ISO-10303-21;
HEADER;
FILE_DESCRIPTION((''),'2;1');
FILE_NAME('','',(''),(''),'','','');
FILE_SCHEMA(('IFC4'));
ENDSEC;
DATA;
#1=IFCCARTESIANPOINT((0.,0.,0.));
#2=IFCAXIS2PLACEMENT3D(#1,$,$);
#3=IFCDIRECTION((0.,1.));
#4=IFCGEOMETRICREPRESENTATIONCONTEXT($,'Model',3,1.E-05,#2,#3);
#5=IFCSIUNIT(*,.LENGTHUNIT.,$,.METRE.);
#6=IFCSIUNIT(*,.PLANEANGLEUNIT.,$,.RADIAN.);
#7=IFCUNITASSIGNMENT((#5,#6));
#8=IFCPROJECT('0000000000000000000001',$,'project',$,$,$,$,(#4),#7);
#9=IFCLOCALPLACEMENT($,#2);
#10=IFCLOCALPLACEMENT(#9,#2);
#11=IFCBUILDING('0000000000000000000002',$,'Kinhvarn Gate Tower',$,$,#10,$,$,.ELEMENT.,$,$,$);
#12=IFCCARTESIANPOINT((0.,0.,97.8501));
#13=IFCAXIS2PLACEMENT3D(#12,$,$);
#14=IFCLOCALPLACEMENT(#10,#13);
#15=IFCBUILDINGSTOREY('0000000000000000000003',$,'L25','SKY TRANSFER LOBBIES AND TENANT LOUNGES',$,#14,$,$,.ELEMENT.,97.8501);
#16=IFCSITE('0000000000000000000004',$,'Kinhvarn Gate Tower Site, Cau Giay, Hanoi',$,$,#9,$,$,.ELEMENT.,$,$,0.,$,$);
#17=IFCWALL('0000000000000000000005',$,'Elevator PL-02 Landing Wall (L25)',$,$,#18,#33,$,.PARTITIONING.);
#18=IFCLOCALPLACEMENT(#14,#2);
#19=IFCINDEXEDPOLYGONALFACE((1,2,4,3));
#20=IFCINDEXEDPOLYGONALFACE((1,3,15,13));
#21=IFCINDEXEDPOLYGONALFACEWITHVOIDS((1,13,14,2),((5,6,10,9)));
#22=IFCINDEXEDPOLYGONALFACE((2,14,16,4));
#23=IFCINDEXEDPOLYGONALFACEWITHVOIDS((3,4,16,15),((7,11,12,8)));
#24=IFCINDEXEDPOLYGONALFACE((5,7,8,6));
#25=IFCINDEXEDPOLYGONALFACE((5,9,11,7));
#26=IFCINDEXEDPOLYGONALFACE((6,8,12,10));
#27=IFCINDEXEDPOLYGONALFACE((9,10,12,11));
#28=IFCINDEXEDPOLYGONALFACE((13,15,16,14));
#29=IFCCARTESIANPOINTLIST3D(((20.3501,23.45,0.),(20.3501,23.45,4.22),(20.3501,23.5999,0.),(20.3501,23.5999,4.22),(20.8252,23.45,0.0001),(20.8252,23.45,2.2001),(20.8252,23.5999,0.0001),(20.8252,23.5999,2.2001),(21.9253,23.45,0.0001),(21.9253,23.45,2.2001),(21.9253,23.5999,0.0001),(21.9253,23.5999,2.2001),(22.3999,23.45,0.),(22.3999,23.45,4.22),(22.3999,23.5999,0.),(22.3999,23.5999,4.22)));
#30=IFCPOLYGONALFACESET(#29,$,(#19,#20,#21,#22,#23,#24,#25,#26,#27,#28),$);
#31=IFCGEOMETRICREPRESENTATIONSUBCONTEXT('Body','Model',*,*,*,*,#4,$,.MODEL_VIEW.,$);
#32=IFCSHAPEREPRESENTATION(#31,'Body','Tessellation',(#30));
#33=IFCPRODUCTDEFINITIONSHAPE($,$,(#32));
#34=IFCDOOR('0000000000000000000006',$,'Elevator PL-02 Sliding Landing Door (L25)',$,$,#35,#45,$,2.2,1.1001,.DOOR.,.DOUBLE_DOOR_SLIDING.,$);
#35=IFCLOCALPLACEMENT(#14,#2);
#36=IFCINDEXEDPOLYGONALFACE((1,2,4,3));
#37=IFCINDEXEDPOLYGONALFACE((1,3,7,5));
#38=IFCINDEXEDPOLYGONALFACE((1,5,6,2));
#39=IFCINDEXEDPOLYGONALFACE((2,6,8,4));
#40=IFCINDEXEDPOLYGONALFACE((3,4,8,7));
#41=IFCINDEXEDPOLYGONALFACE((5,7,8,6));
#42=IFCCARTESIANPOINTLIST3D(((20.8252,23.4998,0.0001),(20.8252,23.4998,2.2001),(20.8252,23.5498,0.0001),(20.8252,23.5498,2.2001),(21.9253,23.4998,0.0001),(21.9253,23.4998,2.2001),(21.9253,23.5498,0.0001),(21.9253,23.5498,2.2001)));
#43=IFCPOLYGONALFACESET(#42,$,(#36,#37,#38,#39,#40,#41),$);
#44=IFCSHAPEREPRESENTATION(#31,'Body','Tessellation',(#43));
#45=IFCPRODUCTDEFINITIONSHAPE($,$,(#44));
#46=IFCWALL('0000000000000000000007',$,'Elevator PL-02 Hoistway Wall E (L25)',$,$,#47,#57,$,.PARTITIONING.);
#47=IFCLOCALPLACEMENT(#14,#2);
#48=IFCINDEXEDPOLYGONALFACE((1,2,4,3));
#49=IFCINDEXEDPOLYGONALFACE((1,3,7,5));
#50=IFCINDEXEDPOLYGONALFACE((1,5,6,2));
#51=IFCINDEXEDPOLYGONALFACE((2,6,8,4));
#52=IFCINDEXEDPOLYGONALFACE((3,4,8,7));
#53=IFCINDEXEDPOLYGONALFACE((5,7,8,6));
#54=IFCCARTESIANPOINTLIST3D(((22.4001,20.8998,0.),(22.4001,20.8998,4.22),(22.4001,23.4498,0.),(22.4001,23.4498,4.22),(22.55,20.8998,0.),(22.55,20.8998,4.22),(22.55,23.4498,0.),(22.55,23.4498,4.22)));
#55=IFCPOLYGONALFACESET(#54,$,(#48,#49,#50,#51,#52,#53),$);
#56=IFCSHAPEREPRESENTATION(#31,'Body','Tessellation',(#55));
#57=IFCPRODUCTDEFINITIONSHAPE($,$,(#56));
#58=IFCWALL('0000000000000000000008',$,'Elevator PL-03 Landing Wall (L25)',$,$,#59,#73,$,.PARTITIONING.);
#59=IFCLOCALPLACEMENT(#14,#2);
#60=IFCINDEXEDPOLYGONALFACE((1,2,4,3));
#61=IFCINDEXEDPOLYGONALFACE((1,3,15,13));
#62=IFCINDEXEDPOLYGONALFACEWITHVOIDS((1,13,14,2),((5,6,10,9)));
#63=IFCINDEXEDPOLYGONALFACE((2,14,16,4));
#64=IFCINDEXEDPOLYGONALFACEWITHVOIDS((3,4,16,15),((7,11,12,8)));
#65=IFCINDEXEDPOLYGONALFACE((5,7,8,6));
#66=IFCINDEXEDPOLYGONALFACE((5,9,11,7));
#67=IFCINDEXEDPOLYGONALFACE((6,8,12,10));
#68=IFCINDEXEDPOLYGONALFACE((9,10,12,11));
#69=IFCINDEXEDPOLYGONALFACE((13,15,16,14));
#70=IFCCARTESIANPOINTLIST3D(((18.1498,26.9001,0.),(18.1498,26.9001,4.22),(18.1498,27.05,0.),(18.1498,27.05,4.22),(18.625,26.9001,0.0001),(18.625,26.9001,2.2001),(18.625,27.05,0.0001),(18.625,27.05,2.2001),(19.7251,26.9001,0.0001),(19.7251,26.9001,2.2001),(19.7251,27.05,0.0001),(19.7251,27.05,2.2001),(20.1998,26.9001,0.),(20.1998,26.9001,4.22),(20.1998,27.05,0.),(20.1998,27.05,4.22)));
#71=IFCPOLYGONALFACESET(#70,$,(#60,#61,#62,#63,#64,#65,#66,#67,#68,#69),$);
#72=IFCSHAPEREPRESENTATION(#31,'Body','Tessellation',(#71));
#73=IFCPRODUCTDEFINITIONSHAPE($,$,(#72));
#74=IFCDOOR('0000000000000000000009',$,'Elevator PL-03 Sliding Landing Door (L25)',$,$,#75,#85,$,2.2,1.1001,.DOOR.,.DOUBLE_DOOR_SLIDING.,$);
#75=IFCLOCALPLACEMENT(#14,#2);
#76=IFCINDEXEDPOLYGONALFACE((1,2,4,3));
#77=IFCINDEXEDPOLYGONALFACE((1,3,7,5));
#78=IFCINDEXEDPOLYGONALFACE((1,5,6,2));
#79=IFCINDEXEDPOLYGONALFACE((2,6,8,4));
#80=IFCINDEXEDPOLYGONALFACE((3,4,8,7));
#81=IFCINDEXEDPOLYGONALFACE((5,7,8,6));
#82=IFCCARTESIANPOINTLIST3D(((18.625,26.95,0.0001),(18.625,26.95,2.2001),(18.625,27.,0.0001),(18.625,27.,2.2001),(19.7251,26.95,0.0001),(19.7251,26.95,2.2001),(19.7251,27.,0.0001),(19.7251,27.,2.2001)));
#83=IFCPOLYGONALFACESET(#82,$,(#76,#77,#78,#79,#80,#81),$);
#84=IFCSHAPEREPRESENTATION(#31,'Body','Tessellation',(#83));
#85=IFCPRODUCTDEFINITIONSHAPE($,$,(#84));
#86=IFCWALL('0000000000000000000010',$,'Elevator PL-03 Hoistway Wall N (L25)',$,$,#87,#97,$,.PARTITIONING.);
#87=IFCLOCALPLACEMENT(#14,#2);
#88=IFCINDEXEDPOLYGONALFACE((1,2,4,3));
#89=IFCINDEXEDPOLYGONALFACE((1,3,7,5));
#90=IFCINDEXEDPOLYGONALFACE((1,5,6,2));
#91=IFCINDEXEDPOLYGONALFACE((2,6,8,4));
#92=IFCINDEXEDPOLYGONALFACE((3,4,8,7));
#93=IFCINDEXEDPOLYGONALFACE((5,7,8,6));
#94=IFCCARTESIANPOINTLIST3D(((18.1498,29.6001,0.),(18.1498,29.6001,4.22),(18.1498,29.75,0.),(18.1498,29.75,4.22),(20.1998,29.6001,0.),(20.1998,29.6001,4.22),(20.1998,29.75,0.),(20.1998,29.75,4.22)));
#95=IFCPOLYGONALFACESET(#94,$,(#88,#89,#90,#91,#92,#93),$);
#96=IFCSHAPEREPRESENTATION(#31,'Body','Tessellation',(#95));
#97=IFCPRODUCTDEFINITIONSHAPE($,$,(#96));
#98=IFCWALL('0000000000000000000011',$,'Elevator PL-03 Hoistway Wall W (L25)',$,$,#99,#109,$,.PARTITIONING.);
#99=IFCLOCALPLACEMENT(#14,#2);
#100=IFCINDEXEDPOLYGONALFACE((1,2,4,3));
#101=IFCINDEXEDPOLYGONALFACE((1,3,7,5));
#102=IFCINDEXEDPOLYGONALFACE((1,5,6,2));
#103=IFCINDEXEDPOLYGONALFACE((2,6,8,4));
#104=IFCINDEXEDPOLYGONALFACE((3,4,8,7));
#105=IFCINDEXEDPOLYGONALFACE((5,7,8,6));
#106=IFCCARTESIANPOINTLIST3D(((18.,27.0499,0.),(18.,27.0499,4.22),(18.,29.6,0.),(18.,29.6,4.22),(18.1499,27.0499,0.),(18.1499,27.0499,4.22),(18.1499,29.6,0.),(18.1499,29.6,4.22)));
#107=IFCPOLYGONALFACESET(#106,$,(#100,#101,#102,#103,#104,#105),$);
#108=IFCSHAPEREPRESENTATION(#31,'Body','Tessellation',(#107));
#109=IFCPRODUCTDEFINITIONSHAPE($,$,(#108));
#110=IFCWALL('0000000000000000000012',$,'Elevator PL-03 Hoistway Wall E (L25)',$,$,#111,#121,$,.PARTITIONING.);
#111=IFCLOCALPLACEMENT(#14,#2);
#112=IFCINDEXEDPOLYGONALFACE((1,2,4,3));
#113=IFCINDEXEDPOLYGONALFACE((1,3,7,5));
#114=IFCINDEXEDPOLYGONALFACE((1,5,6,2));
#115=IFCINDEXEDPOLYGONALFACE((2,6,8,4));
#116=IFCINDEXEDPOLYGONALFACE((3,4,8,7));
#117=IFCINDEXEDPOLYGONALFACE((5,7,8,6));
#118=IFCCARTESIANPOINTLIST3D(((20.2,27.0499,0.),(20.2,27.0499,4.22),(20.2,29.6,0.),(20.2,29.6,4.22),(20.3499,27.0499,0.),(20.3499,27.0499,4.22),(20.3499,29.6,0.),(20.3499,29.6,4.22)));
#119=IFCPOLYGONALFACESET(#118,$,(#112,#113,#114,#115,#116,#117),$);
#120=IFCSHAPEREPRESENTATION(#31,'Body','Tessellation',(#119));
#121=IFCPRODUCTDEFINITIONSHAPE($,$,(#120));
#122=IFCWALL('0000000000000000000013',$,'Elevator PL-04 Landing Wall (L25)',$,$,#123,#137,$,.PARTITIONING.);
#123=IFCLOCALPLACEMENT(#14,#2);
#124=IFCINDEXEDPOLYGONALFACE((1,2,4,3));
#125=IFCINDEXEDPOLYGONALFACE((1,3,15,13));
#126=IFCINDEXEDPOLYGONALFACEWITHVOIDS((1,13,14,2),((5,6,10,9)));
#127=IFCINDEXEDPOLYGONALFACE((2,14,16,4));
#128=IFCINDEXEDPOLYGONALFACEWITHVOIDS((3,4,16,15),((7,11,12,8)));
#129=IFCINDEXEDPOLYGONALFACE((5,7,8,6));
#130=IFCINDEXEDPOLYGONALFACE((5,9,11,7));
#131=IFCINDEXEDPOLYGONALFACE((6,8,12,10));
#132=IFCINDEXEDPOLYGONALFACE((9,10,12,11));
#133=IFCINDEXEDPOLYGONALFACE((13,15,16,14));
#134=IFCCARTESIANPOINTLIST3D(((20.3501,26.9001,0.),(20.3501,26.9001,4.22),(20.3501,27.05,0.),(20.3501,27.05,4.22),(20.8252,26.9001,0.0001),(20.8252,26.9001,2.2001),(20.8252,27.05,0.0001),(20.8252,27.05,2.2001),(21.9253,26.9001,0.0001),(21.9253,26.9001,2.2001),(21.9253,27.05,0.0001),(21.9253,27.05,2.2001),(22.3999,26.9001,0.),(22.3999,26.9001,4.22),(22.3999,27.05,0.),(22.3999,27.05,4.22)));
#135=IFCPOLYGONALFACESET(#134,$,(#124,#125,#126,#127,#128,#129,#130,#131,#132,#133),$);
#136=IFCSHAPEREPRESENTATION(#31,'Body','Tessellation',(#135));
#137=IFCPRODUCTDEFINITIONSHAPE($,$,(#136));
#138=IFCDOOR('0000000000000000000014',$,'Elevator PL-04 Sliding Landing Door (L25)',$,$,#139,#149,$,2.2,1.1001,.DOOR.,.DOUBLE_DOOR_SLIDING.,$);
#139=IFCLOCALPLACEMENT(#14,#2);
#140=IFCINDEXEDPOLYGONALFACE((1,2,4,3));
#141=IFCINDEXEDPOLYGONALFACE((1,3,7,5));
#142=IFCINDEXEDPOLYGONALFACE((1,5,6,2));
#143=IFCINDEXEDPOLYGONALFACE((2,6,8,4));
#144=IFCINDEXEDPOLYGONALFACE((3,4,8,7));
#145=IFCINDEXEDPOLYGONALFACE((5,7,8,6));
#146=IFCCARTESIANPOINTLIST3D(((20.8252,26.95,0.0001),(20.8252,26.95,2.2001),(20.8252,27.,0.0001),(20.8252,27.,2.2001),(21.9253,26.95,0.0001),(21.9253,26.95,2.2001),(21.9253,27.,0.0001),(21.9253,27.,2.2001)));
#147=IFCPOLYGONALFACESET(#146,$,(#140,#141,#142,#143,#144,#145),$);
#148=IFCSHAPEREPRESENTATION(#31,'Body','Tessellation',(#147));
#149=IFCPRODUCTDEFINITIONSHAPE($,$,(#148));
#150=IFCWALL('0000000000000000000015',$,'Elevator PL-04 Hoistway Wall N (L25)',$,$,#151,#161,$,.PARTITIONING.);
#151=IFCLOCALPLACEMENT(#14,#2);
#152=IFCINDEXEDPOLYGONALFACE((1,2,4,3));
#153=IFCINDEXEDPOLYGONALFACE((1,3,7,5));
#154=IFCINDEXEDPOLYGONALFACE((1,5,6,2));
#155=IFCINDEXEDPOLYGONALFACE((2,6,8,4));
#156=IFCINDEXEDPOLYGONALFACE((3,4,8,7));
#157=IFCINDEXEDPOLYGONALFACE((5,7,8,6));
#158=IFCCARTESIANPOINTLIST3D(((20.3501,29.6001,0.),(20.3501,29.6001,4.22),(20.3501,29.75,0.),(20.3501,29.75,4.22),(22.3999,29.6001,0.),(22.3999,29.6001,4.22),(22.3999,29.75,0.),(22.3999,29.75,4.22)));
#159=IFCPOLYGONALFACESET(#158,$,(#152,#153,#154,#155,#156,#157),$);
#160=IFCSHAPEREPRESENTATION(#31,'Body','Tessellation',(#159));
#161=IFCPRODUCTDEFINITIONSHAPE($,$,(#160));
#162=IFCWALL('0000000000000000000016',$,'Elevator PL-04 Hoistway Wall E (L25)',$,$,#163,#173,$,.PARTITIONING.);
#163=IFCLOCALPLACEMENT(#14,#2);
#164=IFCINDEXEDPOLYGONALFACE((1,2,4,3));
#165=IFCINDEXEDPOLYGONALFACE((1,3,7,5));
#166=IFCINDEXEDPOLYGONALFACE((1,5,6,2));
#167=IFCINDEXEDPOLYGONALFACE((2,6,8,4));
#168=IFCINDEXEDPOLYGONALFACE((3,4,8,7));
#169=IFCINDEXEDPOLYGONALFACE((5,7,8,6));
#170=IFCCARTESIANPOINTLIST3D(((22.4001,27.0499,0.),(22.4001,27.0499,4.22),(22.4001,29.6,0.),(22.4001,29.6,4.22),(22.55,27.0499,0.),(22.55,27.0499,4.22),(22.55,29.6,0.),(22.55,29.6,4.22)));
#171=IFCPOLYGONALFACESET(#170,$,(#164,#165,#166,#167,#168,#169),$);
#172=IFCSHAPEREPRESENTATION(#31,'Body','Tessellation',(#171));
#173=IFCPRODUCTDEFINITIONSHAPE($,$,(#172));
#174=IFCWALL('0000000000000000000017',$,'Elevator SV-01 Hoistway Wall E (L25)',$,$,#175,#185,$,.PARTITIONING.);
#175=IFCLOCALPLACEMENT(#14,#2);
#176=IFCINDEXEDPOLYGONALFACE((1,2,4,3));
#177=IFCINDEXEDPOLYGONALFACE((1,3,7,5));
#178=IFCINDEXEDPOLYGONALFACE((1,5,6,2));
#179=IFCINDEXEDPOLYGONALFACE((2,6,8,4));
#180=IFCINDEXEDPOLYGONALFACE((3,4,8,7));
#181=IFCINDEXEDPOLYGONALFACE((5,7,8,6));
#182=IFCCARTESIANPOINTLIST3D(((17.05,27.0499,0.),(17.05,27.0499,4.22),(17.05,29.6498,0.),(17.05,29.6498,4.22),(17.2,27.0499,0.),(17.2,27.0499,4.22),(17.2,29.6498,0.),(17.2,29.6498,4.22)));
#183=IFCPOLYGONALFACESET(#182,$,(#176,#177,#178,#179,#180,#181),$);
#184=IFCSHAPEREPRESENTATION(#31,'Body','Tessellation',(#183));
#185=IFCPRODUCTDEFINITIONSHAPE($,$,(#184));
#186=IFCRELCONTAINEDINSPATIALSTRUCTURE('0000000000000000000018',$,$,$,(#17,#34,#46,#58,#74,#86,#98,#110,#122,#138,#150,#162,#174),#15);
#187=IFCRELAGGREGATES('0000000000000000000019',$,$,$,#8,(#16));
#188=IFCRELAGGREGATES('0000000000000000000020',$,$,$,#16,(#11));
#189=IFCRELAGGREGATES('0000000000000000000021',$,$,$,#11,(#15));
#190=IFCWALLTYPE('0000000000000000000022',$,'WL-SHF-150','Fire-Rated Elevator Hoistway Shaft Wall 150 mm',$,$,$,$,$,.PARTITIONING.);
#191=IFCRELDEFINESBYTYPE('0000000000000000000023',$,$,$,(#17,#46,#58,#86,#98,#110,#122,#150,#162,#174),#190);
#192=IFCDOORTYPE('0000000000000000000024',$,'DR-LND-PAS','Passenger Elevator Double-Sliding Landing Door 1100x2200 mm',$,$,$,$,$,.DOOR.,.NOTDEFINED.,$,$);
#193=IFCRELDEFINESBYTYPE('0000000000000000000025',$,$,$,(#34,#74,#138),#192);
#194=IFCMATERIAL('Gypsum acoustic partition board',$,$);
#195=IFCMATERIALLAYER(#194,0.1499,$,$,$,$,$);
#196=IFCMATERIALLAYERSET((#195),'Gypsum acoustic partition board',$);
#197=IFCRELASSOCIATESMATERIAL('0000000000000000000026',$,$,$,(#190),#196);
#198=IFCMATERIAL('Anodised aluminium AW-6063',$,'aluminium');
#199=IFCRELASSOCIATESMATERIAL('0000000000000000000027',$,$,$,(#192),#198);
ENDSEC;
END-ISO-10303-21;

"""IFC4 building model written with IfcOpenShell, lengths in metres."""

from ifc_helpers import new_model, si_unit, direction, frame, frame_2d, origin, place, context, subcontext, project, spatial, rectangle, extrude, material, layer, layer_set, type_object, element, fill, save


model = new_model("IFC4")

# Units and contexts
model_context = context("Model", 3, precision=1e-05, world=origin(), true_north=direction((0.0, 1.0)))
body_context = subcontext(model_context, "Body", "Model", "MODEL_VIEW")
ifc_project = project(units=[si_unit("LENGTHUNIT", "METRE"), si_unit("PLANEANGLEUNIT", "RADIAN")], contexts=[model_context])

# Site, building, storey
site_placement = place(None, origin())
site = spatial("IfcSite", under=ifc_project, at=site_placement, Name="Kinhvarn Gate Tower Site, Cau Giay, Hanoi", CompositionType="ELEMENT", RefElevation=0.0)
building_placement = place(site_placement, origin())
building = spatial("IfcBuilding", under=site, at=building_placement, Name="Kinhvarn Gate Tower", CompositionType="ELEMENT")
storey_placement = place(building_placement, frame((0.0, 0.0, 97.8501)))
storey = spatial("IfcBuildingStorey", under=building, at=storey_placement, Name="L25", Description="SKY TRANSFER LOBBIES AND TENANT LOUNGES", CompositionType="ELEMENT", Elevation=97.8501)

# Shared definitions
ifc_material_1 = material(Name="Anodised aluminium AW-6063", Category="aluminium")

# Shared definitions
ifc_material_2 = material(Name="Gypsum acoustic partition board")
ifc_layer_1 = layer(ifc_material_2, 0.1499)
ifc_layer_set_1 = layer_set([ifc_layer_1], Name="Gypsum acoustic partition board")
wall_type_1 = type_object("IfcWallType", Name="WL-SHF-150", Description="Fire-Rated Elevator Hoistway Shaft Wall 150 mm", PredefinedType="PARTITIONING", material=ifc_layer_set_1)

# Shared definitions
door_type_1 = type_object("IfcDoorType", Name="DR-LND-PAS", Description="Passenger Elevator Double-Sliding Landing Door 1100x2200 mm", OperationType="NOTDEFINED", PredefinedType="DOOR", material=ifc_material_1)

# Wall, opening, door
wall_1_placement = place(storey_placement, frame((20.3501, 23.5249, 0.0), z_axis=(0.0, 0.0, 1.0), x_axis=(1.0, 0.0, 0.0)))
wall_1 = element("IfcWall", 1, at=wall_1_placement, inside=storey, type_object=wall_type_1, Name="Elevator PL-02 Landing Wall (L25)", PredefinedType="PARTITIONING", context=body_context, shape_type="SweptSolid", body=[
    extrude(rectangle(XDim=2.0498, YDim=0.1499, at=frame_2d((1.0249, 0.0))), origin(), (0.0, 0.0, 1.0), 4.22),
])
opening_1_placement = place(wall_1_placement, frame((0.4751, 0.0, 0.0)))
opening_1 = element("IfcOpeningElement", 2, at=opening_1_placement, cuts=wall_1, PredefinedType="OPENING", context=body_context, shape_type="SweptSolid", body=[
    extrude(rectangle(XDim=1.1001, YDim=2.2, at=frame_2d((0.55, 1.1001))), frame((0.0, 0.085, 0.0), z_axis=(0.0, -1.0, 0.0), x_axis=(1.0, 0.0, 0.0)), (0.0, 0.0, 1.0), 0.1699),
])
door_1_placement = place(opening_1_placement, origin())
door_1 = element("IfcDoor", 3, at=door_1_placement, inside=storey, type_object=door_type_1, Name="Elevator PL-02 Sliding Landing Door (L25)", OperationType="DOUBLE_DOOR_SLIDING", OverallHeight=2.2, OverallWidth=1.1001, PredefinedType="DOOR", context=body_context, shape_type="SweptSolid", body=[
    extrude(rectangle(XDim=1.1001, YDim=2.2, at=frame_2d((0.55, 1.1001))), frame((0.0, 0.0249, 0.0), z_axis=(0.0, -1.0, 0.0), x_axis=(1.0, 0.0, 0.0)), (0.0, 0.0, 1.0), 0.05),
])
fill(opening_1, door_1)

# Wall
wall_2_placement = place(storey_placement, frame((22.4751, 20.8999, 0.0), z_axis=(0.0, 0.0, 1.0), x_axis=(0.0, 1.0, 0.0)))
element("IfcWall", 4, at=wall_2_placement, inside=storey, type_object=wall_type_1, Name="Elevator PL-02 Hoistway Wall E (L25)", PredefinedType="PARTITIONING", context=body_context, shape_type="SweptSolid", body=[
    extrude(rectangle(XDim=2.55, YDim=0.1499, at=frame_2d((1.2749, 0.0))), origin(), (0.0, 0.0, 1.0), 4.22),
])

# Wall, opening, door
wall_3_placement = place(storey_placement, frame((18.1499, 26.9751, 0.0), z_axis=(0.0, 0.0, 1.0), x_axis=(1.0, 0.0, 0.0)))
wall_3 = element("IfcWall", 5, at=wall_3_placement, inside=storey, type_object=wall_type_1, Name="Elevator PL-03 Landing Wall (L25)", PredefinedType="PARTITIONING", context=body_context, shape_type="SweptSolid", body=[
    extrude(rectangle(XDim=2.05, YDim=0.1499, at=frame_2d((1.0249, 0.0))), origin(), (0.0, 0.0, 1.0), 4.22),
])
opening_2_placement = place(wall_3_placement, frame((0.4751, 0.0, 0.0)))
opening_2 = element("IfcOpeningElement", 6, at=opening_2_placement, cuts=wall_3, PredefinedType="OPENING", context=body_context, shape_type="SweptSolid", body=[
    extrude(rectangle(XDim=1.1001, YDim=2.2, at=frame_2d((0.55, 1.1001))), frame((0.0, 0.085, 0.0), z_axis=(0.0, -1.0, 0.0), x_axis=(1.0, 0.0, 0.0)), (0.0, 0.0, 1.0), 0.1699),
])
door_2_placement = place(opening_2_placement, origin())
door_2 = element("IfcDoor", 7, at=door_2_placement, inside=storey, type_object=door_type_1, Name="Elevator PL-03 Sliding Landing Door (L25)", OperationType="DOUBLE_DOOR_SLIDING", OverallHeight=2.2, OverallWidth=1.1001, PredefinedType="DOOR", context=body_context, shape_type="SweptSolid", body=[
    extrude(rectangle(XDim=1.1001, YDim=2.2, at=frame_2d((0.55, 1.1001))), frame((0.0, 0.0249, 0.0), z_axis=(0.0, -1.0, 0.0), x_axis=(1.0, 0.0, 0.0)), (0.0, 0.0, 1.0), 0.05),
])
fill(opening_2, door_2)

# Walls
wall_4_placement = place(storey_placement, frame((18.1499, 29.675, 0.0), z_axis=(0.0, 0.0, 1.0), x_axis=(1.0, 0.0, 0.0)))
element("IfcWall", 8, at=wall_4_placement, inside=storey, type_object=wall_type_1, Name="Elevator PL-03 Hoistway Wall N (L25)", PredefinedType="PARTITIONING", context=body_context, shape_type="SweptSolid", body=[
    extrude(rectangle(XDim=2.05, YDim=0.1499, at=frame_2d((1.0249, 0.0))), origin(), (0.0, 0.0, 1.0), 4.22),
])
for number, where, z_axis, x_axis, name in (
    (9, (18.075, 27.05, 0.0), (0.0, 0.0, 1.0), (0.0, 1.0, 0.0), "Elevator PL-03 Hoistway Wall W (L25)"),
    (10, (20.2749, 27.05, 0.0), (0.0, 0.0, 1.0), (0.0, 1.0, 0.0), "Elevator PL-03 Hoistway Wall E (L25)"),
):
    element("IfcWall", number, at=place(storey_placement, frame(where, z_axis=z_axis, x_axis=x_axis)), inside=storey, type_object=wall_type_1, Name=name, PredefinedType="PARTITIONING", context=body_context, shape_type="SweptSolid", body=[
        extrude(rectangle(XDim=2.55, YDim=0.1499, at=frame_2d((1.2749, 0.0))), origin(), (0.0, 0.0, 1.0), 4.22),
    ])

# Wall, opening, door
wall_5_placement = place(storey_placement, frame((20.3501, 26.9751, 0.0), z_axis=(0.0, 0.0, 1.0), x_axis=(1.0, 0.0, 0.0)))
wall_5 = element("IfcWall", 11, at=wall_5_placement, inside=storey, type_object=wall_type_1, Name="Elevator PL-04 Landing Wall (L25)", PredefinedType="PARTITIONING", context=body_context, shape_type="SweptSolid", body=[
    extrude(rectangle(XDim=2.0498, YDim=0.1499, at=frame_2d((1.0249, 0.0))), origin(), (0.0, 0.0, 1.0), 4.22),
])
opening_3_placement = place(wall_5_placement, frame((0.4751, 0.0, 0.0)))
opening_3 = element("IfcOpeningElement", 12, at=opening_3_placement, cuts=wall_5, PredefinedType="OPENING", context=body_context, shape_type="SweptSolid", body=[
    extrude(rectangle(XDim=1.1001, YDim=2.2, at=frame_2d((0.55, 1.1001))), frame((0.0, 0.085, 0.0), z_axis=(0.0, -1.0, 0.0), x_axis=(1.0, 0.0, 0.0)), (0.0, 0.0, 1.0), 0.1699),
])
door_3_placement = place(opening_3_placement, origin())
door_3 = element("IfcDoor", 13, at=door_3_placement, inside=storey, type_object=door_type_1, Name="Elevator PL-04 Sliding Landing Door (L25)", OperationType="DOUBLE_DOOR_SLIDING", OverallHeight=2.2, OverallWidth=1.1001, PredefinedType="DOOR", context=body_context, shape_type="SweptSolid", body=[
    extrude(rectangle(XDim=1.1001, YDim=2.2, at=frame_2d((0.55, 1.1001))), frame((0.0, 0.0249, 0.0), z_axis=(0.0, -1.0, 0.0), x_axis=(1.0, 0.0, 0.0)), (0.0, 0.0, 1.0), 0.05),
])
fill(opening_3, door_3)

# Walls
wall_6_placement = place(storey_placement, frame((20.3501, 29.675, 0.0), z_axis=(0.0, 0.0, 1.0), x_axis=(1.0, 0.0, 0.0)))
element("IfcWall", 14, at=wall_6_placement, inside=storey, type_object=wall_type_1, Name="Elevator PL-04 Hoistway Wall N (L25)", PredefinedType="PARTITIONING", context=body_context, shape_type="SweptSolid", body=[
    extrude(rectangle(XDim=2.0498, YDim=0.1499, at=frame_2d((1.0249, 0.0))), origin(), (0.0, 0.0, 1.0), 4.22),
])
wall_7_placement = place(storey_placement, frame((22.4751, 27.05, 0.0), z_axis=(0.0, 0.0, 1.0), x_axis=(0.0, 1.0, 0.0)))
element("IfcWall", 15, at=wall_7_placement, inside=storey, type_object=wall_type_1, Name="Elevator PL-04 Hoistway Wall E (L25)", PredefinedType="PARTITIONING", context=body_context, shape_type="SweptSolid", body=[
    extrude(rectangle(XDim=2.55, YDim=0.1499, at=frame_2d((1.2749, 0.0))), origin(), (0.0, 0.0, 1.0), 4.22),
])
wall_8_placement = place(storey_placement, frame((17.125, 27.05, 0.0), z_axis=(0.0, 0.0, 1.0), x_axis=(0.0, 1.0, 0.0)))
element("IfcWall", 16, at=wall_8_placement, inside=storey, type_object=wall_type_1, Name="Elevator SV-01 Hoistway Wall E (L25)", PredefinedType="PARTITIONING", context=body_context, shape_type="SweptSolid", body=[
    extrude(rectangle(XDim=2.5999, YDim=0.1499, at=frame_2d((1.2998, 0.0))), origin(), (0.0, 0.0, 1.0), 4.22),
])

save(model, "model.ifc")
